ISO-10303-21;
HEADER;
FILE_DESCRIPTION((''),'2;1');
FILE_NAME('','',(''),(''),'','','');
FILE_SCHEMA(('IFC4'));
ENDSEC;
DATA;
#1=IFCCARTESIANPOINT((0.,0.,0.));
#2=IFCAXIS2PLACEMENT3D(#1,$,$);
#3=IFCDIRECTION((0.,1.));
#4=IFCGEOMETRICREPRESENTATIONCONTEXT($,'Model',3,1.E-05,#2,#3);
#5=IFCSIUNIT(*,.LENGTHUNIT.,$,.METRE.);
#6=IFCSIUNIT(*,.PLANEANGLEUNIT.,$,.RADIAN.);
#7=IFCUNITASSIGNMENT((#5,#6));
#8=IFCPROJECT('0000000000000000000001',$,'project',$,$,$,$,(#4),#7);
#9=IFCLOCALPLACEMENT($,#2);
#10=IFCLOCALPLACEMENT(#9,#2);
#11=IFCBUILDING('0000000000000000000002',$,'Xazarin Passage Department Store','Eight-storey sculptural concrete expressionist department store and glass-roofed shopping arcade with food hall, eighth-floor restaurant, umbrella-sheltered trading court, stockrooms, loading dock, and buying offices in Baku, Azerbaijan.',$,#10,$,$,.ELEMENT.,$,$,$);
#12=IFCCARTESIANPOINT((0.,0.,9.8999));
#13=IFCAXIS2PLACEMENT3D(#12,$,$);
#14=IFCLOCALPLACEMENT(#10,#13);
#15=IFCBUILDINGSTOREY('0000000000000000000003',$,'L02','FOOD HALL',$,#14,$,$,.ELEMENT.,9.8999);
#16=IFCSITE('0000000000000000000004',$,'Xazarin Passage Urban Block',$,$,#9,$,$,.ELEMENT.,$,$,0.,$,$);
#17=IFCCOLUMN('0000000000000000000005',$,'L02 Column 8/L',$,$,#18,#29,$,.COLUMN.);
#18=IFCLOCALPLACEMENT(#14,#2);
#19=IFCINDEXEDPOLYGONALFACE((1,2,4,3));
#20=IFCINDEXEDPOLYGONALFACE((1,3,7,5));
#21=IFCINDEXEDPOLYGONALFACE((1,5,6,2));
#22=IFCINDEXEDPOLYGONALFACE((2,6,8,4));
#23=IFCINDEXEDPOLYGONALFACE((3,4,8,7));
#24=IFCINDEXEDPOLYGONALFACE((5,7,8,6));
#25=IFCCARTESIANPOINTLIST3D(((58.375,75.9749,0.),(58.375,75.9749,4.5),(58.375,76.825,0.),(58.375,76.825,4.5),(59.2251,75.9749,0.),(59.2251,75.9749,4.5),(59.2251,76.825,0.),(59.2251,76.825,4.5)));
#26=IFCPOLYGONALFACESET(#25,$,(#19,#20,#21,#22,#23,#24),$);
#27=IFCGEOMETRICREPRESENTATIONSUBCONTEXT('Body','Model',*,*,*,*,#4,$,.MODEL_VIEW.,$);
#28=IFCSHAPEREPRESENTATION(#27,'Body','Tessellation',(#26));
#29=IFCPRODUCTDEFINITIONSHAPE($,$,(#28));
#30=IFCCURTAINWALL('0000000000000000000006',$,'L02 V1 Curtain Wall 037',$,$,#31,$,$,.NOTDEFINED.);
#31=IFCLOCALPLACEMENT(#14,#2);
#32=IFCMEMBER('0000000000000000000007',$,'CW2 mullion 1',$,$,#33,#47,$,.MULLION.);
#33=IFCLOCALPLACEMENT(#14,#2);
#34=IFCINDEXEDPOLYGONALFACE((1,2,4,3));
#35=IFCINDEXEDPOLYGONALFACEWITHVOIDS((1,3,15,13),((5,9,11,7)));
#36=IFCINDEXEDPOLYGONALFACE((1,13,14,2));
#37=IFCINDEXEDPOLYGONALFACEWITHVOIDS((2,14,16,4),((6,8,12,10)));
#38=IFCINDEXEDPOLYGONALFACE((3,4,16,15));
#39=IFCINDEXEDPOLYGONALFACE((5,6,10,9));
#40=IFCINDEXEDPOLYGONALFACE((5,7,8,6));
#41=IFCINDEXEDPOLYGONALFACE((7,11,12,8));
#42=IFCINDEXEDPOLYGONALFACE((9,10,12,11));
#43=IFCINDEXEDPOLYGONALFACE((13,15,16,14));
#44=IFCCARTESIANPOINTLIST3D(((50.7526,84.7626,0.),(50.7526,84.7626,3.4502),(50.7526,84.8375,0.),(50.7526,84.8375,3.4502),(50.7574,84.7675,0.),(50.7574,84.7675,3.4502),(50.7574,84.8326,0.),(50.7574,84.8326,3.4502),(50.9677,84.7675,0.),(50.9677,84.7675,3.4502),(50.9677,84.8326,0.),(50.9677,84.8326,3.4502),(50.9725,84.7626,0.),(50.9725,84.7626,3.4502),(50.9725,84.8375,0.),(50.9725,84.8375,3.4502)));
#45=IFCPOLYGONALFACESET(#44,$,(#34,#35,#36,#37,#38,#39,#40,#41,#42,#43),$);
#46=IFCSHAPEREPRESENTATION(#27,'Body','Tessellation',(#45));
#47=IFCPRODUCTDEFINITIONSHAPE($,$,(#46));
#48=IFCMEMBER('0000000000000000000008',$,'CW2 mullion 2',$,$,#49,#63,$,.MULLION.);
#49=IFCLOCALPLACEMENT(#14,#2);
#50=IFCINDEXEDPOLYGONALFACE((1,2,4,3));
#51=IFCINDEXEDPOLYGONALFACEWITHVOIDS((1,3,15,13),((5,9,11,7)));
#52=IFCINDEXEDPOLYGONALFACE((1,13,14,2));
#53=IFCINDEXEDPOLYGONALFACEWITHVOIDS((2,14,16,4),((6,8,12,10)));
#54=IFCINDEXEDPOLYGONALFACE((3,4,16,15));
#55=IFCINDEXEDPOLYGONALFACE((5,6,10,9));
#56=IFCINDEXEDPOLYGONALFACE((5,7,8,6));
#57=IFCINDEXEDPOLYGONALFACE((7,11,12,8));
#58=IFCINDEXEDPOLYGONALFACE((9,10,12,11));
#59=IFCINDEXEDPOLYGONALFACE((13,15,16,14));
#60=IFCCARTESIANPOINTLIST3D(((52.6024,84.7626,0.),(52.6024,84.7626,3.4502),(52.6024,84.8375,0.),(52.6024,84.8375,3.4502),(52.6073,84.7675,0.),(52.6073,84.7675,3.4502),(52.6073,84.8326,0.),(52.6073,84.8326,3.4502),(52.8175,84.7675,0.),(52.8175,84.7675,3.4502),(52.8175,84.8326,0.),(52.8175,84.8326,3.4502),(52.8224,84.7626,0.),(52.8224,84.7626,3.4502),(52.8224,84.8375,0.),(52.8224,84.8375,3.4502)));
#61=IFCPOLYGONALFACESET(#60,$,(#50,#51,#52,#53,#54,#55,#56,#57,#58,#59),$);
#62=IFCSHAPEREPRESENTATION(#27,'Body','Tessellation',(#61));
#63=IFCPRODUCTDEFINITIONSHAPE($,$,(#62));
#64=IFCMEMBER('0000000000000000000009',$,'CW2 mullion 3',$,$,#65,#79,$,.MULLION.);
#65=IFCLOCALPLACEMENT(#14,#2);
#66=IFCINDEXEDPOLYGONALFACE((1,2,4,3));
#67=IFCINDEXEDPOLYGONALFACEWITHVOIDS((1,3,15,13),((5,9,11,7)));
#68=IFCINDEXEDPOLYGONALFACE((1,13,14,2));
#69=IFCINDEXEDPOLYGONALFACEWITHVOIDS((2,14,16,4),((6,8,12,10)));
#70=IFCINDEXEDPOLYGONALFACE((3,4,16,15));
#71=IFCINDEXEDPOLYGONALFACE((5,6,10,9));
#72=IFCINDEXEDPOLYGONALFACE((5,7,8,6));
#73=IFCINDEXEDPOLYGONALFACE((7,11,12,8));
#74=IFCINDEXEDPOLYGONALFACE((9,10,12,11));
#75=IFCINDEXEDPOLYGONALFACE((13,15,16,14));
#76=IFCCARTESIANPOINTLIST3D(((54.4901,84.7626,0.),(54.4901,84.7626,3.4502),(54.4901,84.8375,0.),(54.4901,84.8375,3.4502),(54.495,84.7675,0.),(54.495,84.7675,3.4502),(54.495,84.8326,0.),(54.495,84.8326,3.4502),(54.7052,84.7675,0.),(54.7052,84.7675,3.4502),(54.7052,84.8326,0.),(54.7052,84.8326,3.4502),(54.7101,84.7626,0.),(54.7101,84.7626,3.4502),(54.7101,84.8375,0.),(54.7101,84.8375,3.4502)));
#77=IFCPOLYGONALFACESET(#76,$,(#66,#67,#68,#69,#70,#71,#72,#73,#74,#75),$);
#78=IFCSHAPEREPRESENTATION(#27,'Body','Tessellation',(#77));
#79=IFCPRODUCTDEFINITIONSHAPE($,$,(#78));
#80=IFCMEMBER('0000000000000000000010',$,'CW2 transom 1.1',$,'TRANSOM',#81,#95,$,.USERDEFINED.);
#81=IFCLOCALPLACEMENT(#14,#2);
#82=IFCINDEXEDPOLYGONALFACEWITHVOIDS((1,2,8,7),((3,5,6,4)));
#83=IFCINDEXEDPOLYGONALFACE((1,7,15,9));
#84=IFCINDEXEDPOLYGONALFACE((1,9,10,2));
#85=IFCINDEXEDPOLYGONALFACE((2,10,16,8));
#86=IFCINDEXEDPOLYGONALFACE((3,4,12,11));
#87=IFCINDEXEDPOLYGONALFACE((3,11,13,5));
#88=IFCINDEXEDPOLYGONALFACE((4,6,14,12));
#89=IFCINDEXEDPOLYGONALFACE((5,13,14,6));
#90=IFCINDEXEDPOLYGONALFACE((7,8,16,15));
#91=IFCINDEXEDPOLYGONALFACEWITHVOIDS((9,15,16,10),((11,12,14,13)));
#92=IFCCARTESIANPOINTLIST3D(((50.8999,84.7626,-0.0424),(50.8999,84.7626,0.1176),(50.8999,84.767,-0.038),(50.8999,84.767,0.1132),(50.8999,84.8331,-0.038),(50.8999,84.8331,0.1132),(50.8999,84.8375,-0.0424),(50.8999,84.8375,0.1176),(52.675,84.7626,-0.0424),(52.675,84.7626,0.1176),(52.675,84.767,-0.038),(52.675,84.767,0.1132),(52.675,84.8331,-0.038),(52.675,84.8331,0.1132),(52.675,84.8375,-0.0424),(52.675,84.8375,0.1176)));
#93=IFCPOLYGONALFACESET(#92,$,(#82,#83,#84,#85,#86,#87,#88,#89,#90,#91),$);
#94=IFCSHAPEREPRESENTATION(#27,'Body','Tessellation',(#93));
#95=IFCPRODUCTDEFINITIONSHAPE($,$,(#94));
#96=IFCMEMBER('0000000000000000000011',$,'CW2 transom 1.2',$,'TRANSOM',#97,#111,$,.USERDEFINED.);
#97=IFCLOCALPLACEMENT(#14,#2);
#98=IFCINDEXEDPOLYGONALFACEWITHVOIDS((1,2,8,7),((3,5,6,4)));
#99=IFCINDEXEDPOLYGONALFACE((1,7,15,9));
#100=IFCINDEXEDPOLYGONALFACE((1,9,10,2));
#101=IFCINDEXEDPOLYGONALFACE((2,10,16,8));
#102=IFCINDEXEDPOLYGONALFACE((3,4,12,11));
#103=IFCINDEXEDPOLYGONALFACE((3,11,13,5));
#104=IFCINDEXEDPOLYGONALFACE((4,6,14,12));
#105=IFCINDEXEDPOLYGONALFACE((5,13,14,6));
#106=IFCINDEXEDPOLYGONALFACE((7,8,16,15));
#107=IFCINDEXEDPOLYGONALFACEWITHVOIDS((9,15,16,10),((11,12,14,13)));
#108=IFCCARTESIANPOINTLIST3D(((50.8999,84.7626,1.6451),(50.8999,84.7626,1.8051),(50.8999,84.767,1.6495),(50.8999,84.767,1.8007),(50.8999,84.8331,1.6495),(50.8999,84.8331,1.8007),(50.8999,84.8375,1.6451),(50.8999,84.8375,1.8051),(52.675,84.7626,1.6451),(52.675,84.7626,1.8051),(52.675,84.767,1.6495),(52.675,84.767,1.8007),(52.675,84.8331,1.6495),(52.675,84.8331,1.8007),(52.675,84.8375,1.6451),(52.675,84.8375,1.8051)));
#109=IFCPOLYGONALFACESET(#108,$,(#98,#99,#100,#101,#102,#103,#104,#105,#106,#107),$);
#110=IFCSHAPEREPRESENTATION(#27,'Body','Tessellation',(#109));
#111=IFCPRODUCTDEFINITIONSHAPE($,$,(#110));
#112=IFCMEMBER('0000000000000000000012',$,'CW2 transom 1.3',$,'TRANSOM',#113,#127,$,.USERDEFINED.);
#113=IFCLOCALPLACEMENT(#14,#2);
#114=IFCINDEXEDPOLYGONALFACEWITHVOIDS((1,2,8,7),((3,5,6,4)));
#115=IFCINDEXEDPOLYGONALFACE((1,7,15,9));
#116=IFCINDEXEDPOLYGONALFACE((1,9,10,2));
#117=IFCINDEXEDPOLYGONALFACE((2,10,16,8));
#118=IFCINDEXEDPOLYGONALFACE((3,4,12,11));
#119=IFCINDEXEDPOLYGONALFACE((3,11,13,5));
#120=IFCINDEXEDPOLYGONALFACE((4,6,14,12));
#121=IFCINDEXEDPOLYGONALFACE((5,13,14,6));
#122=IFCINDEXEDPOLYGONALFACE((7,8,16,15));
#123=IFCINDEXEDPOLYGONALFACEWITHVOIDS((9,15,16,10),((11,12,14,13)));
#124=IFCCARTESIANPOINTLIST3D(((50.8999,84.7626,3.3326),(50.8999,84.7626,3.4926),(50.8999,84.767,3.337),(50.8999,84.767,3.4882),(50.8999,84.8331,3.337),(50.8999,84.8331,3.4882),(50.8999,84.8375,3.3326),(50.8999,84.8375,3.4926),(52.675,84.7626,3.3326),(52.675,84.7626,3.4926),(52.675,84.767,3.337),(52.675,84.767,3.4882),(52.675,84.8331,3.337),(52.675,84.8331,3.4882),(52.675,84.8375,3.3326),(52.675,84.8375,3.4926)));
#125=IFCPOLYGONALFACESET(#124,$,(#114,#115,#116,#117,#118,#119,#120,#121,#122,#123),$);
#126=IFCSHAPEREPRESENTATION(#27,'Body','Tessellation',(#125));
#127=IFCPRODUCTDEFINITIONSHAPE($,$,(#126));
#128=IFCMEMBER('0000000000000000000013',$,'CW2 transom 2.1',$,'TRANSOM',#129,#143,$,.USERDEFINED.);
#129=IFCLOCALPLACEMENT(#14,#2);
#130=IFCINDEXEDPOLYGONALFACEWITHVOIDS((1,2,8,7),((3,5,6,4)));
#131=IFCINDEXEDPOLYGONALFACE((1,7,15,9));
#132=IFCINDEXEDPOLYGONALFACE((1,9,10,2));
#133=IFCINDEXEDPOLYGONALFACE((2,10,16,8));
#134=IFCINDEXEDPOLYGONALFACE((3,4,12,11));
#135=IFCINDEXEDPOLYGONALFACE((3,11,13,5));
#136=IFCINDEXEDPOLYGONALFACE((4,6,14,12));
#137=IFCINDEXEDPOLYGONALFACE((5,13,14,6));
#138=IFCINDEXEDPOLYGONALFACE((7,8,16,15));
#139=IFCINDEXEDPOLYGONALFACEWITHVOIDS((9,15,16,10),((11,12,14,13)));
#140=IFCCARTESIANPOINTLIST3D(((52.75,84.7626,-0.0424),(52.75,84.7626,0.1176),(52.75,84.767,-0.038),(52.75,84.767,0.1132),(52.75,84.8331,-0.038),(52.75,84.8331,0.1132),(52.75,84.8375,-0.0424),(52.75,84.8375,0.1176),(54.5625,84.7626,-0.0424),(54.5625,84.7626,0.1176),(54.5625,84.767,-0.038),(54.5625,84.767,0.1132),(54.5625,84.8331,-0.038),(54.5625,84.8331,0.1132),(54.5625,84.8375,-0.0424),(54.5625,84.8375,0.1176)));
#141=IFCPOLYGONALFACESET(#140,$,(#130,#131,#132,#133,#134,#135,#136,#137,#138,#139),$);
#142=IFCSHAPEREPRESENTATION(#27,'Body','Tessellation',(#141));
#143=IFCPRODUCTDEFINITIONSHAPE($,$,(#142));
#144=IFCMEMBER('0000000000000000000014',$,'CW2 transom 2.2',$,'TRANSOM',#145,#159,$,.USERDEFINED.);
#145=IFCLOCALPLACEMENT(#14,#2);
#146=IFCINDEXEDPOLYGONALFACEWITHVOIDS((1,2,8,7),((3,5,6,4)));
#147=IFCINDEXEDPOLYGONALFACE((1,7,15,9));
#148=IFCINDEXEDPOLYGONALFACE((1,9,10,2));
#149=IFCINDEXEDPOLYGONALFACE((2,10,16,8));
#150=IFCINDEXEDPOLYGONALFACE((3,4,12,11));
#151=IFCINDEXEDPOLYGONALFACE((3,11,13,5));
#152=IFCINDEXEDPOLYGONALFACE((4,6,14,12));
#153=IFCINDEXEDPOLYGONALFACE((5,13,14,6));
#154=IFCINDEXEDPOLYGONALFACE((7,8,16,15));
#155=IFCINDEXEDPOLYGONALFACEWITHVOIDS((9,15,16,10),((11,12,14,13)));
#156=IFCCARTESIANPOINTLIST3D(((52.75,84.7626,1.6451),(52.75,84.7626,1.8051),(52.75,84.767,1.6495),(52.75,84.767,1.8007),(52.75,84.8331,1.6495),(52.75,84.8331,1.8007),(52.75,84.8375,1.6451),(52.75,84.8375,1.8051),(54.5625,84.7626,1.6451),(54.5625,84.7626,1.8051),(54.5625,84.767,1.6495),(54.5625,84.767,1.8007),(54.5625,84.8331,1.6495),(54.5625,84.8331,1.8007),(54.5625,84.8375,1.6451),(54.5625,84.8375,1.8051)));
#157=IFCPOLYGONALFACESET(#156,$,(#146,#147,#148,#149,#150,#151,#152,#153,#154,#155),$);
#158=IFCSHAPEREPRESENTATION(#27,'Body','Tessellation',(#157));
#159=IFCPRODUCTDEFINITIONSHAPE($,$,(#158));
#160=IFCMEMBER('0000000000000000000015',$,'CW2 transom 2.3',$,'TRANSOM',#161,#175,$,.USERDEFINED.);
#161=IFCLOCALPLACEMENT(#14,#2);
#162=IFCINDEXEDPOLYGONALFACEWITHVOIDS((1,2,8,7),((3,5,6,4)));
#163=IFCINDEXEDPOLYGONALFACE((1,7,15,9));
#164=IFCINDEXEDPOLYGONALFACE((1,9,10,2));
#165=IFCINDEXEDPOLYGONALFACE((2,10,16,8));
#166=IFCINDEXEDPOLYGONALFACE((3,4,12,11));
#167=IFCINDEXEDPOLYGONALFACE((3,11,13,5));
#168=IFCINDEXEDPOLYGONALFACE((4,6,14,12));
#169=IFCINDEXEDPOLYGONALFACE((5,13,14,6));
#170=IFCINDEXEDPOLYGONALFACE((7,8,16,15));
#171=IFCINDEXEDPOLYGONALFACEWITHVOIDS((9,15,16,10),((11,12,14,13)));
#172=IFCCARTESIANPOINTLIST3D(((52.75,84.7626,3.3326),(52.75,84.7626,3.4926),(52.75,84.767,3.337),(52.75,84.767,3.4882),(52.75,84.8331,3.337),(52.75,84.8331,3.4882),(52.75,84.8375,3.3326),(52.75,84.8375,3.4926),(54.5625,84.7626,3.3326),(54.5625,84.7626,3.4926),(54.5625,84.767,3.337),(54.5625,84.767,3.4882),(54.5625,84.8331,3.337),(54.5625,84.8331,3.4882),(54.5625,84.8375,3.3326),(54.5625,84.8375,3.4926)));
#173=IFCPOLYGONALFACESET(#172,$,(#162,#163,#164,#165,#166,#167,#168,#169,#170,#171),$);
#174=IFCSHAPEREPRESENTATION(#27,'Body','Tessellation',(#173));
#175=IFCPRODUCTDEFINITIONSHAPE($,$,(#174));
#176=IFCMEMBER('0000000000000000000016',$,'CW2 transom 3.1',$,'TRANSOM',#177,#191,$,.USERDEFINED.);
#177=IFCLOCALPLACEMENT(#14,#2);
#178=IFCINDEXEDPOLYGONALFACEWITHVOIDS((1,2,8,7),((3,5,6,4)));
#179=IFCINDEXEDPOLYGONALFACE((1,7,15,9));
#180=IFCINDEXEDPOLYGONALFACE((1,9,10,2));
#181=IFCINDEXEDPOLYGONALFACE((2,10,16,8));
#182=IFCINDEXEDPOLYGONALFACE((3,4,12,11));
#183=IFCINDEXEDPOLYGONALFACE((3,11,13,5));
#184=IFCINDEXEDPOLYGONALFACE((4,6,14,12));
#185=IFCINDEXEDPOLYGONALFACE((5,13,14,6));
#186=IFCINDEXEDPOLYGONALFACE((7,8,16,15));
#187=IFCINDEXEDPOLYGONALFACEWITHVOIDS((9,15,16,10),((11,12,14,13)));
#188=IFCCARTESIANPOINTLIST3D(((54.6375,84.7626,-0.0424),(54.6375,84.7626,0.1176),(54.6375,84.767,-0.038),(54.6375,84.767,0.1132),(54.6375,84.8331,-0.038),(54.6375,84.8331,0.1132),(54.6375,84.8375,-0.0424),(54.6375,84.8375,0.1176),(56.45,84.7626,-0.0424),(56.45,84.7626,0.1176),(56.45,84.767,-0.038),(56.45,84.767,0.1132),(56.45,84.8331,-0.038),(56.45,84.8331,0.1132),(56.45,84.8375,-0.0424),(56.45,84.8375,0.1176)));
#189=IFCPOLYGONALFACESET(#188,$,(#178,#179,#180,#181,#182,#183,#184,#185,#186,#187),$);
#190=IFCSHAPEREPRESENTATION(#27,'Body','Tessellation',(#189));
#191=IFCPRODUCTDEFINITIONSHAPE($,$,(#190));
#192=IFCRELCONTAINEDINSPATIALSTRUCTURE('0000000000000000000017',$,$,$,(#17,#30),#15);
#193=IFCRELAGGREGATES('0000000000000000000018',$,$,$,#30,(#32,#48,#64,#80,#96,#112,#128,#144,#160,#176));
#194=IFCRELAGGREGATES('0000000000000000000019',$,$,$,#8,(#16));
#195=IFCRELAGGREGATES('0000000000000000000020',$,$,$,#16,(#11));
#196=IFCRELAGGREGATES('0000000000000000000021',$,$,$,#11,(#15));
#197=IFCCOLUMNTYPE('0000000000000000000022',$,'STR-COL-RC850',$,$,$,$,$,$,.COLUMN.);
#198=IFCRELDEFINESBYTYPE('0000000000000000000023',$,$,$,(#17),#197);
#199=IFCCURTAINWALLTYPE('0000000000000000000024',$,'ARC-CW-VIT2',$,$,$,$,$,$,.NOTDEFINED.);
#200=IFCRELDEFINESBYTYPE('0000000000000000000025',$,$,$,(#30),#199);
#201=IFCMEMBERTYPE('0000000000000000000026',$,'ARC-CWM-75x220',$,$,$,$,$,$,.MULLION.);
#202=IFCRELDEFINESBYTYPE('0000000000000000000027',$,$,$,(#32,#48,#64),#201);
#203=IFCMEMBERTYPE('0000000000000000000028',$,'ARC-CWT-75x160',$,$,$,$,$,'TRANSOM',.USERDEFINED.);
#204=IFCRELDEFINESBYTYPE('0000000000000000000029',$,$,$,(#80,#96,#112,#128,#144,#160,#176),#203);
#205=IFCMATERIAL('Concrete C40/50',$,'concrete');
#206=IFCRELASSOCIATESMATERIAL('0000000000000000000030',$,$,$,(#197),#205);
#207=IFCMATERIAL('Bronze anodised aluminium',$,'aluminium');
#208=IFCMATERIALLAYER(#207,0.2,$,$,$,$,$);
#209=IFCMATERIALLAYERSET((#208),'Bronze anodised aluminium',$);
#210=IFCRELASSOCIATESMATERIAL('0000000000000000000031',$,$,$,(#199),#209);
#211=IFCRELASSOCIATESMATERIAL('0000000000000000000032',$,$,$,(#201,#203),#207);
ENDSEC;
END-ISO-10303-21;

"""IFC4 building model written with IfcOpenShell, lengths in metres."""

from ifc_helpers import new_model, si_unit, direction, frame, origin, origin_2d, place, context, subcontext, project, spatial, rectangle, hollow_rectangle, extrude, material, layer, layer_set, material_profile, profile_set, type_object, element, aggregate, save


model = new_model("IFC4")

# Units and contexts
model_context = context("Model", 3, precision=1e-05, world=origin(), true_north=direction((0.0, 1.0)))
body_context = subcontext(model_context, "Body", "Model", "MODEL_VIEW")
ifc_project = project(units=[si_unit("LENGTHUNIT", "METRE"), si_unit("PLANEANGLEUNIT", "RADIAN")], contexts=[model_context])

# Site, building, storey
site_placement = place(None, origin())
site = spatial("IfcSite", under=ifc_project, at=site_placement, Name="Xazarin Passage Urban Block", CompositionType="ELEMENT", RefElevation=0.0)
building_placement = place(site_placement, origin())
building = spatial("IfcBuilding", under=site, at=building_placement, Name="Xazarin Passage Department Store", Description="Eight-storey sculptural concrete expressionist department store and glass-roofed shopping arcade with food hall, eighth-floor restaurant, umbrella-sheltered trading court, stockrooms, loading dock, and buying offices in Baku, Azerbaijan.", CompositionType="ELEMENT")
storey_placement = place(building_placement, frame((0.0, 0.0, 9.8999)))
storey = spatial("IfcBuildingStorey", under=building, at=storey_placement, Name="L02", Description="FOOD HALL", CompositionType="ELEMENT", Elevation=9.8999)

# Column
ifc_material_1 = material(Name="Concrete C40/50", Category="concrete")
ifc_material_profile_1 = material_profile(ifc_material_1, rectangle(XDim=0.8501, YDim=0.8501, at=origin_2d()), Name="RC 850x850")
ifc_profile_set_1 = profile_set([ifc_material_profile_1], Name="Concrete C40/50")
column_type = type_object("IfcColumnType", Name="STR-COL-RC850", PredefinedType="COLUMN", material=ifc_profile_set_1)
column_placement = place(storey_placement, frame((58.8, 76.3999, 0.0), z_axis=(0.0, 0.0, 1.0), x_axis=(1.0, 0.0, 0.0)))
element("IfcColumn", 1, at=column_placement, inside=storey, type_object=column_type, Name="L02 Column 8/L", PredefinedType="COLUMN", context=body_context, shape_type="SweptSolid", body=[
    extrude(rectangle(XDim=0.8501, YDim=0.8501, at=origin_2d()), origin(), (0.0, 0.0, 1.0), 4.5),
])

# Curtain wall, members
ifc_material_2 = material(Name="Bronze anodised aluminium", Category="aluminium")
ifc_layer_1 = layer(ifc_material_2, 0.2)
ifc_layer_set_1 = layer_set([ifc_layer_1], Name="Bronze anodised aluminium")
curtain_wall_type = type_object("IfcCurtainWallType", Name="ARC-CW-VIT2", PredefinedType="NOTDEFINED", material=ifc_layer_set_1)
curtain_wall_placement = place(storey_placement, origin())
curtain_wall = element("IfcCurtainWall", 2, at=curtain_wall_placement, inside=storey, type_object=curtain_wall_type, Name="L02 V1 Curtain Wall 037", PredefinedType="NOTDEFINED")
ifc_material_profile_2 = material_profile(ifc_material_2, hollow_rectangle(XDim=0.075, YDim=0.22, WallThickness=0.0049, at=origin_2d()), Name="ALU 75x220")
ifc_profile_set_2 = profile_set([ifc_material_profile_2], Name="Bronze anodised aluminium")
member_type_1 = type_object("IfcMemberType", Name="ARC-CWM-75x220", PredefinedType="MULLION", material=ifc_profile_set_2)
member_1_placement = place(storey_placement, frame((50.8625, 84.8, 0.0), z_axis=(0.0, 0.0, 1.0), x_axis=(0.0, 1.0, 0.0)))
member_1 = element("IfcMember", 3, at=member_1_placement, type_object=member_type_1, Name="CW2 mullion 1", PredefinedType="MULLION", context=body_context, shape_type="SweptSolid", body=[
    extrude(hollow_rectangle(XDim=0.075, YDim=0.22, WallThickness=0.0049, at=origin_2d()), origin(), (0.0, 0.0, 1.0), 3.4502),
])
member_2_placement = place(storey_placement, frame((52.7124, 84.8, 0.0), z_axis=(0.0, 0.0, 1.0), x_axis=(0.0, 1.0, 0.0)))
member_2 = element("IfcMember", 4, at=member_2_placement, type_object=member_type_1, Name="CW2 mullion 2", PredefinedType="MULLION", context=body_context, shape_type="SweptSolid", body=[
    extrude(hollow_rectangle(XDim=0.075, YDim=0.22, WallThickness=0.0049, at=origin_2d()), origin(), (0.0, 0.0, 1.0), 3.4502),
])
member_3_placement = place(storey_placement, frame((54.6001, 84.8, 0.0), z_axis=(0.0, 0.0, 1.0), x_axis=(0.0, 1.0, 0.0)))
member_3 = element("IfcMember", 5, at=member_3_placement, type_object=member_type_1, Name="CW2 mullion 3", PredefinedType="MULLION", context=body_context, shape_type="SweptSolid", body=[
    extrude(hollow_rectangle(XDim=0.075, YDim=0.22, WallThickness=0.0049, at=origin_2d()), origin(), (0.0, 0.0, 1.0), 3.4502),
])
ifc_material_profile_3 = material_profile(ifc_material_2, hollow_rectangle(XDim=0.075, YDim=0.1599, WallThickness=0.0044, at=origin_2d()), Name="ALU 75x160")
ifc_profile_set_3 = profile_set([ifc_material_profile_3], Name="Bronze anodised aluminium")
member_type_2 = type_object("IfcMemberType", Name="ARC-CWT-75x160", ElementType="TRANSOM", PredefinedType="USERDEFINED", material=ifc_profile_set_3)
member_4_placement = place(storey_placement, frame((50.8999, 84.8, 0.0376), z_axis=(1.0, 0.0, 0.0), x_axis=(0.0, 1.0, 0.0)))
member_4 = element("IfcMember", 6, at=member_4_placement, type_object=member_type_2, Name="CW2 transom 1.1", ObjectType="TRANSOM", PredefinedType="USERDEFINED", context=body_context, shape_type="SweptSolid", body=[
    extrude(hollow_rectangle(XDim=0.075, YDim=0.1599, WallThickness=0.0044, at=origin_2d()), origin(), (0.0, 0.0, 1.0), 1.7751),
])
member_5_placement = place(storey_placement, frame((50.8999, 84.8, 1.7251), z_axis=(1.0, 0.0, 0.0), x_axis=(0.0, 1.0, 0.0)))
member_5 = element("IfcMember", 7, at=member_5_placement, type_object=member_type_2, Name="CW2 transom 1.2", ObjectType="TRANSOM", PredefinedType="USERDEFINED", context=body_context, shape_type="SweptSolid", body=[
    extrude(hollow_rectangle(XDim=0.075, YDim=0.1599, WallThickness=0.0044, at=origin_2d()), origin(), (0.0, 0.0, 1.0), 1.7751),
])
member_6_placement = place(storey_placement, frame((50.8999, 84.8, 3.4126), z_axis=(1.0, 0.0, 0.0), x_axis=(0.0, 1.0, 0.0)))
member_6 = element("IfcMember", 8, at=member_6_placement, type_object=member_type_2, Name="CW2 transom 1.3", ObjectType="TRANSOM", PredefinedType="USERDEFINED", context=body_context, shape_type="SweptSolid", body=[
    extrude(hollow_rectangle(XDim=0.075, YDim=0.1599, WallThickness=0.0044, at=origin_2d()), origin(), (0.0, 0.0, 1.0), 1.7751),
])
member_7_placement = place(storey_placement, frame((52.75, 84.8, 0.0376), z_axis=(1.0, 0.0, 0.0), x_axis=(0.0, 1.0, 0.0)))
member_7 = element("IfcMember", 9, at=member_7_placement, type_object=member_type_2, Name="CW2 transom 2.1", ObjectType="TRANSOM", PredefinedType="USERDEFINED", context=body_context, shape_type="SweptSolid", body=[
    extrude(hollow_rectangle(XDim=0.075, YDim=0.1599, WallThickness=0.0044, at=origin_2d()), origin(), (0.0, 0.0, 1.0), 1.8125),
])
member_8_placement = place(storey_placement, frame((52.75, 84.8, 1.7251), z_axis=(1.0, 0.0, 0.0), x_axis=(0.0, 1.0, 0.0)))
member_8 = element("IfcMember", 10, at=member_8_placement, type_object=member_type_2, Name="CW2 transom 2.2", ObjectType="TRANSOM", PredefinedType="USERDEFINED", context=body_context, shape_type="SweptSolid", body=[
    extrude(hollow_rectangle(XDim=0.075, YDim=0.1599, WallThickness=0.0044, at=origin_2d()), origin(), (0.0, 0.0, 1.0), 1.8125),
])
member_9_placement = place(storey_placement, frame((52.75, 84.8, 3.4126), z_axis=(1.0, 0.0, 0.0), x_axis=(0.0, 1.0, 0.0)))
member_9 = element("IfcMember", 11, at=member_9_placement, type_object=member_type_2, Name="CW2 transom 2.3", ObjectType="TRANSOM", PredefinedType="USERDEFINED", context=body_context, shape_type="SweptSolid", body=[
    extrude(hollow_rectangle(XDim=0.075, YDim=0.1599, WallThickness=0.0044, at=origin_2d()), origin(), (0.0, 0.0, 1.0), 1.8125),
])
member_10_placement = place(storey_placement, frame((54.6375, 84.8, 0.0376), z_axis=(1.0, 0.0, 0.0), x_axis=(0.0, 1.0, 0.0)))
member_10 = element("IfcMember", 12, at=member_10_placement, type_object=member_type_2, Name="CW2 transom 3.1", ObjectType="TRANSOM", PredefinedType="USERDEFINED", context=body_context, shape_type="SweptSolid", body=[
    extrude(hollow_rectangle(XDim=0.075, YDim=0.1599, WallThickness=0.0044, at=origin_2d()), origin(), (0.0, 0.0, 1.0), 1.8125),
])

aggregate(curtain_wall, [member_1, member_2, member_3, member_4, member_5, member_6, member_7, member_8, member_9, member_10])

save(model, "model.ifc")
